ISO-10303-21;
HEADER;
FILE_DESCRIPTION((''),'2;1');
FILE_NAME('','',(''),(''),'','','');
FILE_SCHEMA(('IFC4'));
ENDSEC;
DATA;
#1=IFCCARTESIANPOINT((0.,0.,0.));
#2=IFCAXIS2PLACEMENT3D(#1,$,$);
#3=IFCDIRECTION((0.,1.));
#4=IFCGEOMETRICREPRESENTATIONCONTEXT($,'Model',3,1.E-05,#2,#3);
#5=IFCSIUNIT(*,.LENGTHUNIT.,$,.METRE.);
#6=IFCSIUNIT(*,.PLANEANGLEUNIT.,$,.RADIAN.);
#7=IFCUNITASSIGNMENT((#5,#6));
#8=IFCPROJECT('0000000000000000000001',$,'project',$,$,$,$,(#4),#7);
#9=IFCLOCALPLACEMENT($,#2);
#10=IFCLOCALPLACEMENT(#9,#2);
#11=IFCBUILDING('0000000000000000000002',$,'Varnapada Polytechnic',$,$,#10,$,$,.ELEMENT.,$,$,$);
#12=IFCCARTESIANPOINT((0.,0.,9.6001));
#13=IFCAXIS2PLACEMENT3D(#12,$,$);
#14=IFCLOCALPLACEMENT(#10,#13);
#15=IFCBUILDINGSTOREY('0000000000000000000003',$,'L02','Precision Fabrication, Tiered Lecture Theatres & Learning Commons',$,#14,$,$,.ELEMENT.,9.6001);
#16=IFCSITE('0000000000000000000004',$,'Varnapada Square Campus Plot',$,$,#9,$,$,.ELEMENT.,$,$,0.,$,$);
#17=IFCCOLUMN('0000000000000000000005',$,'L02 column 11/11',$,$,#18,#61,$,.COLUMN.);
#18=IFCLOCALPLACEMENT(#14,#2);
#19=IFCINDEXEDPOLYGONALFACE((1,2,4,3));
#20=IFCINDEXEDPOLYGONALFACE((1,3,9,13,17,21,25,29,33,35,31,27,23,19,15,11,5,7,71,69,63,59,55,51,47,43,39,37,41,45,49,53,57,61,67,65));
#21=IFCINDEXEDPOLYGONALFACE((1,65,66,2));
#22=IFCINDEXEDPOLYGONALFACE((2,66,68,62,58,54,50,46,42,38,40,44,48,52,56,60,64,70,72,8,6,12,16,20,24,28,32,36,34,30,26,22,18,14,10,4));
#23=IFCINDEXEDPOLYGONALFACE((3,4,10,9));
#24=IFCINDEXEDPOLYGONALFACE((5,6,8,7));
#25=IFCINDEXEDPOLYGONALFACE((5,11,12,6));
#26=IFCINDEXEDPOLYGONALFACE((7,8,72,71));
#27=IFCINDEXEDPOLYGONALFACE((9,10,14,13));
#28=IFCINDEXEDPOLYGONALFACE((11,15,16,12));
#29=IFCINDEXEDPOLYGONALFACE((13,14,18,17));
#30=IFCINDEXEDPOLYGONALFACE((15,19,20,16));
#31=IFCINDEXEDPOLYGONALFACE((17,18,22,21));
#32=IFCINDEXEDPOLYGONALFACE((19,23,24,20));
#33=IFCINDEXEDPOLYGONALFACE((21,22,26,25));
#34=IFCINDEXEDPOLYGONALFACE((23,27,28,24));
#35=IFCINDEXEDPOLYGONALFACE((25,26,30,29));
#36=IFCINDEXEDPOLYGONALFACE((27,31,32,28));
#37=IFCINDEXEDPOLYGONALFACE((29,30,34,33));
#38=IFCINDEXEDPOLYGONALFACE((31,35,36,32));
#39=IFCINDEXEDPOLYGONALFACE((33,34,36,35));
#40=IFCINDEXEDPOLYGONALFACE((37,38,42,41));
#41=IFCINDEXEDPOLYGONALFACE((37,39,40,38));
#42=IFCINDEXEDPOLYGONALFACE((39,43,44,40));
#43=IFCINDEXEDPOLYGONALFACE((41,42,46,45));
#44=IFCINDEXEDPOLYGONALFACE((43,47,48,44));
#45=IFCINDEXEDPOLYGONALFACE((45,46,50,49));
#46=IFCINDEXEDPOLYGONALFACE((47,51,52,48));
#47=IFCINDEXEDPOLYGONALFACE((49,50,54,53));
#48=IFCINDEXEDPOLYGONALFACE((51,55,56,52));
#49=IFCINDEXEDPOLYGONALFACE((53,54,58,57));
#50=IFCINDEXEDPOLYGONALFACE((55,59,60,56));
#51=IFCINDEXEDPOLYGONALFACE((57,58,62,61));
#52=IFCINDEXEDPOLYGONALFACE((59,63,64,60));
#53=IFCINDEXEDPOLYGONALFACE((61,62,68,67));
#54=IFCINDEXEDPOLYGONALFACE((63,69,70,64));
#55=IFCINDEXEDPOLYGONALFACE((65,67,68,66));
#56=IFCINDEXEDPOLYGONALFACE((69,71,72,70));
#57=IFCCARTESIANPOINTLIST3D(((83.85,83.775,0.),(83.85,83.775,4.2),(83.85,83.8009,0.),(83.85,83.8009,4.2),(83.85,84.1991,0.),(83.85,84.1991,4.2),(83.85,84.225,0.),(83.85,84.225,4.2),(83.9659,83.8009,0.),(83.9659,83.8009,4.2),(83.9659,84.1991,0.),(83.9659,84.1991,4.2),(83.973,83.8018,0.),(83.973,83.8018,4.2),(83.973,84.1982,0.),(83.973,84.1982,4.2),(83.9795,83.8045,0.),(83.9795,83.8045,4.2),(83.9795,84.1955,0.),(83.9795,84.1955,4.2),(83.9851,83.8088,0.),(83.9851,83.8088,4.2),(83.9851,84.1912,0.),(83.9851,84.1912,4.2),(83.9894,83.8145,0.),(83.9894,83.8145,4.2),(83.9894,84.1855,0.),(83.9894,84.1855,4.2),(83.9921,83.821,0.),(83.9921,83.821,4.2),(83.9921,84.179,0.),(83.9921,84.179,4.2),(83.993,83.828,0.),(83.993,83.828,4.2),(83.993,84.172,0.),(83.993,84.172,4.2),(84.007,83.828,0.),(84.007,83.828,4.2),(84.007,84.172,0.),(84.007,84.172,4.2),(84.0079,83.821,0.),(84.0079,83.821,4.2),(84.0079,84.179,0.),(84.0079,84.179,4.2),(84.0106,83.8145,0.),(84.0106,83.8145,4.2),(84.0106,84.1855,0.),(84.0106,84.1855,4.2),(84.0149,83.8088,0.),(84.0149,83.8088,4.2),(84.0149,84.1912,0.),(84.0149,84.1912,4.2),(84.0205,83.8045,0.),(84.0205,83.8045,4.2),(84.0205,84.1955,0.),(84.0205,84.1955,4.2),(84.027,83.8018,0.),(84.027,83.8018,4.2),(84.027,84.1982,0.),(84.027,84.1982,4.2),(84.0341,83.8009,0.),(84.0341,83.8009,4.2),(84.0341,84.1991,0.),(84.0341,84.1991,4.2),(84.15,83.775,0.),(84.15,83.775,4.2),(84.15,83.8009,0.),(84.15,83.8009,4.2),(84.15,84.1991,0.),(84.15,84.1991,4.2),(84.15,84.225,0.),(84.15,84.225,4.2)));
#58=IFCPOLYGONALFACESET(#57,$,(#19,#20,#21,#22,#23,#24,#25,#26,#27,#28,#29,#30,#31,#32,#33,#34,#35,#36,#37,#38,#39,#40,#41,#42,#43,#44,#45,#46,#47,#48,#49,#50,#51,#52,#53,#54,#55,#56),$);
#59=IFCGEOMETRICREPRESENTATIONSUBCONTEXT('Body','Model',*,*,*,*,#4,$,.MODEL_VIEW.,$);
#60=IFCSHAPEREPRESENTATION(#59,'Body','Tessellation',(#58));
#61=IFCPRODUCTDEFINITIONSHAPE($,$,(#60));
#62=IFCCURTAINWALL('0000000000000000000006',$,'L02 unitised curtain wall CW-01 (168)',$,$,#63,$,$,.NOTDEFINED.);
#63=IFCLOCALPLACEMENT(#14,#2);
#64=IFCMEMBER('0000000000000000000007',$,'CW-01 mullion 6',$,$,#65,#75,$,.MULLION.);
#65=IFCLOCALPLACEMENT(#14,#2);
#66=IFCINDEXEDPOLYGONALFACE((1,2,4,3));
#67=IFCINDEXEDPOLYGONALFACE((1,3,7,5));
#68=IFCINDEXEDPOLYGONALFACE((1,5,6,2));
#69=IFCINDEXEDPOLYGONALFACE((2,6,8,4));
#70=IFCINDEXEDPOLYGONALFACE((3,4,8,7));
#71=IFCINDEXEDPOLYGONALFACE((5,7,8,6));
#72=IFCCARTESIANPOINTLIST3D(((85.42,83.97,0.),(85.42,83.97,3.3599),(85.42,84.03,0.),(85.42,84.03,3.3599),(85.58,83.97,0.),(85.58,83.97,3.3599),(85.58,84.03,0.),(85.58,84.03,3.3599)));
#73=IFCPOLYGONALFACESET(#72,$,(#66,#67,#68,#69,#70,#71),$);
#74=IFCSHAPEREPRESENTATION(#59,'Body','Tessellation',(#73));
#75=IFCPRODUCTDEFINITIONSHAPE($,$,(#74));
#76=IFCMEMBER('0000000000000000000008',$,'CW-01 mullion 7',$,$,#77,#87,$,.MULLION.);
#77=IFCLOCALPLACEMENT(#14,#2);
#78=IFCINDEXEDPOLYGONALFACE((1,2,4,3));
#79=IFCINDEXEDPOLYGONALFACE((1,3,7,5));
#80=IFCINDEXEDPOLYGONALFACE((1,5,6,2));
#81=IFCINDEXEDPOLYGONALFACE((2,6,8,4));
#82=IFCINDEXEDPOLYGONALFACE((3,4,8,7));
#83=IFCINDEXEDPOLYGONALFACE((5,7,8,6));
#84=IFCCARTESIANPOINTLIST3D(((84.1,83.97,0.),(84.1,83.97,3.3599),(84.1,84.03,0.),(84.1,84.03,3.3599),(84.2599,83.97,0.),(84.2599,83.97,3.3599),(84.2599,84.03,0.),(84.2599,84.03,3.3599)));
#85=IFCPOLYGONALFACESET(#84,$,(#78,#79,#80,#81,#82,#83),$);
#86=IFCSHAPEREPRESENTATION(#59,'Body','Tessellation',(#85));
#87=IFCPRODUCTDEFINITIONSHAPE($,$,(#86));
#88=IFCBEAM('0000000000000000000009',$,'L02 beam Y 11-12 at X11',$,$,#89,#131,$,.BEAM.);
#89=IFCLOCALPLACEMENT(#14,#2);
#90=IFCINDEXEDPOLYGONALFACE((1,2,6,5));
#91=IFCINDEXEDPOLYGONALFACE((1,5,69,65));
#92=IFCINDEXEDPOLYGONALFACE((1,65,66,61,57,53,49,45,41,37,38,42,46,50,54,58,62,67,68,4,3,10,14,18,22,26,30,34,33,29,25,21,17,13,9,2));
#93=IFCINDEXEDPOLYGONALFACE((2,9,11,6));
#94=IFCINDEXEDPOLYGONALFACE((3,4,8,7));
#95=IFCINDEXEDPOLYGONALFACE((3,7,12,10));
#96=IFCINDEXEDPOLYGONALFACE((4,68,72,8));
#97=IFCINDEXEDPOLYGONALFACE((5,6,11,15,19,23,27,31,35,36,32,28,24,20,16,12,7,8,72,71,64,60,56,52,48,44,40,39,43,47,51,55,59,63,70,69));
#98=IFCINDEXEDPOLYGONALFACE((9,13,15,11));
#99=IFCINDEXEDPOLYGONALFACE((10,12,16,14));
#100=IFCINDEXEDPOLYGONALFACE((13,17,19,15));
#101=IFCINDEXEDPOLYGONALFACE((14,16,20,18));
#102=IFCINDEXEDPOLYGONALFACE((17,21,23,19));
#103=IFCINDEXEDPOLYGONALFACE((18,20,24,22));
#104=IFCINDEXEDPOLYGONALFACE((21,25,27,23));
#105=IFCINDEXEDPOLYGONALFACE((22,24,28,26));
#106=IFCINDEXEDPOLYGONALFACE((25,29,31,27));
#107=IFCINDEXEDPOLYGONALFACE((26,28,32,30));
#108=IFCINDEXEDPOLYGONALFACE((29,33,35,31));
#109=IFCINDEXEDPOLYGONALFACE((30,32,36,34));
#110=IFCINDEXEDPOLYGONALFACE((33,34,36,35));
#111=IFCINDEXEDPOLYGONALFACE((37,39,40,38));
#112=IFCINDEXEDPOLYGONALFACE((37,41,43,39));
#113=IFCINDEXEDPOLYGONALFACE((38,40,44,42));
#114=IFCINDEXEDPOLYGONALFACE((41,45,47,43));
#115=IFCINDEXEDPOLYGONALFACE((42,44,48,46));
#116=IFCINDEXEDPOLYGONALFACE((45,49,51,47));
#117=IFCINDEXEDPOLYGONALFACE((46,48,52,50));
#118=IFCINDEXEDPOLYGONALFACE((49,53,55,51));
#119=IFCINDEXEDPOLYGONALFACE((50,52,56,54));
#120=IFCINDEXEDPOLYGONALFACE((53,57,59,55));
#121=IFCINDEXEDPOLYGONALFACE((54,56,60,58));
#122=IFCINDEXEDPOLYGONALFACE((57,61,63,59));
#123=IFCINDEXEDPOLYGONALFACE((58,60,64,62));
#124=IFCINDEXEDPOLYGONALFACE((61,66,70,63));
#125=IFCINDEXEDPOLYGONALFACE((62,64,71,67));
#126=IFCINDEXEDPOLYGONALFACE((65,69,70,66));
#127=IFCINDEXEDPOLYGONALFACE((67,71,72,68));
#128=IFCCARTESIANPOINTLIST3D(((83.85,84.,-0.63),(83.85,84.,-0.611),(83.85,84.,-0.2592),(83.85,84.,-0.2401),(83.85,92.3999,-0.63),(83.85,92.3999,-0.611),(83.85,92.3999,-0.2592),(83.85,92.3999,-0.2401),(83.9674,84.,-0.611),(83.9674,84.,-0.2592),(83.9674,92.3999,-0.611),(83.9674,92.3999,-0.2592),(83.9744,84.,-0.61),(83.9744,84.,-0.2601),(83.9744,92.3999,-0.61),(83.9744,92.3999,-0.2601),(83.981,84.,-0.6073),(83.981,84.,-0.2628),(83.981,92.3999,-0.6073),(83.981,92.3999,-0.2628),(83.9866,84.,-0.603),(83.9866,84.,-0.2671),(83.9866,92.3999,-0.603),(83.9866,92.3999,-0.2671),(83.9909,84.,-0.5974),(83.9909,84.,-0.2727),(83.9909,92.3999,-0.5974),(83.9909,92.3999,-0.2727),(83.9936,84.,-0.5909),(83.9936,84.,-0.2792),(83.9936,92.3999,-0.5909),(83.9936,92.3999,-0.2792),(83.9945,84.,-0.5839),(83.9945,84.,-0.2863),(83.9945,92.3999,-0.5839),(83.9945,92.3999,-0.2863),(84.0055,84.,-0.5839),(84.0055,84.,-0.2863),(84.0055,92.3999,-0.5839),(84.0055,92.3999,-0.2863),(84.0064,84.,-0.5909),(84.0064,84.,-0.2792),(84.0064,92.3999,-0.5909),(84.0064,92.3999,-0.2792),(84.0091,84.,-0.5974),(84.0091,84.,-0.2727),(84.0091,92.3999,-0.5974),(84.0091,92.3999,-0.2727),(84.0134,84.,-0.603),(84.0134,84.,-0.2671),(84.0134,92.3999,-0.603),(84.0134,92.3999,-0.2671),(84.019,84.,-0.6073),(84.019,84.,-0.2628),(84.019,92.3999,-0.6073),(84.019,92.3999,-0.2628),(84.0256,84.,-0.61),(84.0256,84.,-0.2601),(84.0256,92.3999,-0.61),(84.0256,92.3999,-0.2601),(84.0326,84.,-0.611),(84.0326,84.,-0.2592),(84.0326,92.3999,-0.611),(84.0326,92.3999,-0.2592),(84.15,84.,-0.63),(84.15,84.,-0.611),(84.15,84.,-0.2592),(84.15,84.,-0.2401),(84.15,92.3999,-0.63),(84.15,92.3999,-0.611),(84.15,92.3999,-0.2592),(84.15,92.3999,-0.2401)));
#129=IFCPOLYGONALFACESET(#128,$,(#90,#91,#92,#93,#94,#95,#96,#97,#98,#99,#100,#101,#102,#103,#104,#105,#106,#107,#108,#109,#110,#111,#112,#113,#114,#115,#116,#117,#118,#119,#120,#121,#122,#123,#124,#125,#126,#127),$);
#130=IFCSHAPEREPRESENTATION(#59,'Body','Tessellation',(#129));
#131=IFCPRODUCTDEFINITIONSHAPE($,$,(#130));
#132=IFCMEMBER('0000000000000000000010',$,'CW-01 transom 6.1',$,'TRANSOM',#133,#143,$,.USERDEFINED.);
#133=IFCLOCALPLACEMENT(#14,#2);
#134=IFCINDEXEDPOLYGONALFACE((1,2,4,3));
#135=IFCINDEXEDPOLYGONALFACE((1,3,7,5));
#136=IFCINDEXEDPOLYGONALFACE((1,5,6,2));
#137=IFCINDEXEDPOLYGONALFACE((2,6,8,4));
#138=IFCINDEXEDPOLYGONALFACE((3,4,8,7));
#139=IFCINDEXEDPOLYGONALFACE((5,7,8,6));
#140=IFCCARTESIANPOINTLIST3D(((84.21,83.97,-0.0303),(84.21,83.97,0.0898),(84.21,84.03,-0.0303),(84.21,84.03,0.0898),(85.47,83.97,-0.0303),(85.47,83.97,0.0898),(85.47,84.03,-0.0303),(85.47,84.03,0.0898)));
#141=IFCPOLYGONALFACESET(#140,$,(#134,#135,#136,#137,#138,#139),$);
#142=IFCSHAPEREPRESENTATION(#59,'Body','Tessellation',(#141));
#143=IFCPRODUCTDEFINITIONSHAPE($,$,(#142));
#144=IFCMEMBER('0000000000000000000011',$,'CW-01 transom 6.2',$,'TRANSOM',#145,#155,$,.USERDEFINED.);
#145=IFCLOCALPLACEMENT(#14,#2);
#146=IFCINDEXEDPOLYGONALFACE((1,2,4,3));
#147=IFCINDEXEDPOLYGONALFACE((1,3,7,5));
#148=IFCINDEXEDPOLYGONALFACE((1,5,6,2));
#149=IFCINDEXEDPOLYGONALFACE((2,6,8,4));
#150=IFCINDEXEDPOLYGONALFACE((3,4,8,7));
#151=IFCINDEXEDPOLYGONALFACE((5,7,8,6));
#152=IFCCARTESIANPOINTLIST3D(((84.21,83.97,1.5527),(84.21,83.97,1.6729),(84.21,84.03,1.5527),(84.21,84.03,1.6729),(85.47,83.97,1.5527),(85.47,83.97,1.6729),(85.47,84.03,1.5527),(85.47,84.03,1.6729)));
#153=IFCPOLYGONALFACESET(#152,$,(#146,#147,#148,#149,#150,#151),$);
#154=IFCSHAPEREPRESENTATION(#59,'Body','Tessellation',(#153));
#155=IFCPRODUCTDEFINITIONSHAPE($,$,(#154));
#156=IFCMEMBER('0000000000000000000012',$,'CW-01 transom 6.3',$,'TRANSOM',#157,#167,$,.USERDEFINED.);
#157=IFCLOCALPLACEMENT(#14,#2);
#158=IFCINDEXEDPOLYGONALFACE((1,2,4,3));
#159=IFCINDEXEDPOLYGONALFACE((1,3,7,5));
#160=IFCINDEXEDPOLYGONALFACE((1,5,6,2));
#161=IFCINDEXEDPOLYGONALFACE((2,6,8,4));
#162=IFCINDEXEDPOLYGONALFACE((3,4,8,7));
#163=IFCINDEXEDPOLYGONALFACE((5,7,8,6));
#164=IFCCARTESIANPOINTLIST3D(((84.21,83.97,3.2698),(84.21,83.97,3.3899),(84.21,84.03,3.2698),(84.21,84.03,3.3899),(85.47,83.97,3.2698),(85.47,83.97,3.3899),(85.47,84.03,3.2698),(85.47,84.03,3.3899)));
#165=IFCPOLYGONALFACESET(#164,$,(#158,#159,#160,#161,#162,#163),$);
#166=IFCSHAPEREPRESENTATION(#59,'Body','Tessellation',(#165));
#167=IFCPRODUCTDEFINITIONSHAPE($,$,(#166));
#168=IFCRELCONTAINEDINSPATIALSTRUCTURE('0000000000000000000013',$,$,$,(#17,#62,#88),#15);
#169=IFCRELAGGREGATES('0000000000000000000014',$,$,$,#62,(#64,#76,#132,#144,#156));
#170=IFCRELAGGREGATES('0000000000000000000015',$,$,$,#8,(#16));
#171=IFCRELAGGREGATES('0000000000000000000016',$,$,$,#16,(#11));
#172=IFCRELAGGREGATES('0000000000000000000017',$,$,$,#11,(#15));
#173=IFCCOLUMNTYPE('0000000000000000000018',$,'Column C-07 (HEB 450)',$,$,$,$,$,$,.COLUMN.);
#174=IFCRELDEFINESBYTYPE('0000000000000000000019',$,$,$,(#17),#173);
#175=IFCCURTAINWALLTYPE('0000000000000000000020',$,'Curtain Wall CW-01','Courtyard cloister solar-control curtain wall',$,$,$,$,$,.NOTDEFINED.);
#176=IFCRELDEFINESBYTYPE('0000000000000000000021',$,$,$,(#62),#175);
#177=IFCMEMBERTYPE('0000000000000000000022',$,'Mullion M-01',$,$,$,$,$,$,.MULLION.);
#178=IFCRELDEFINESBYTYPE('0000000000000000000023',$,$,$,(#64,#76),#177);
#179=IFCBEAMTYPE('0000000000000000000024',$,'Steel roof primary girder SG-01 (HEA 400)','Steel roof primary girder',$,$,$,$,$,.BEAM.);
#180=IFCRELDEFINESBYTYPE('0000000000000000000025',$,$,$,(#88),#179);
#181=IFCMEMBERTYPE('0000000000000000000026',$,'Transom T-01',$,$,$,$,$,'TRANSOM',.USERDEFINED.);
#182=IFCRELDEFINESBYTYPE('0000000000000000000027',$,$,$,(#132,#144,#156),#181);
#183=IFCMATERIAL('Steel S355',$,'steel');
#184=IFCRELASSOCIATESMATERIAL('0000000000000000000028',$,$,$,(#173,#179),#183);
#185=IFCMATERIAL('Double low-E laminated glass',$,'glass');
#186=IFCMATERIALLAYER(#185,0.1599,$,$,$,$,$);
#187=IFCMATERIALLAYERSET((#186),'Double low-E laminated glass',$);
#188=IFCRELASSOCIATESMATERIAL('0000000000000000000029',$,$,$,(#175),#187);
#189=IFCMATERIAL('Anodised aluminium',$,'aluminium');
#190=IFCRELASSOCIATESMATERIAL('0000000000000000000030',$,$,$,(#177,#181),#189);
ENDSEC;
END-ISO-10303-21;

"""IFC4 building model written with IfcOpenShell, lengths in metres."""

from ifc_helpers import new_model, si_unit, direction, frame, origin, origin_2d, place, context, subcontext, project, spatial, rectangle, i_section, extrude, material, layer, layer_set, material_profile, profile_set, type_object, element, aggregate, save


model = new_model("IFC4")

# Units and contexts
model_context = context("Model", 3, precision=1e-05, world=origin(), true_north=direction((0.0, 1.0)))
body_context = subcontext(model_context, "Body", "Model", "MODEL_VIEW")
ifc_project = project(units=[si_unit("LENGTHUNIT", "METRE"), si_unit("PLANEANGLEUNIT", "RADIAN")], contexts=[model_context])

# Site, building, storey
site_placement = place(None, origin())
site = spatial("IfcSite", under=ifc_project, at=site_placement, Name="Varnapada Square Campus Plot", CompositionType="ELEMENT", RefElevation=0.0)
building_placement = place(site_placement, origin())
building = spatial("IfcBuilding", under=site, at=building_placement, Name="Varnapada Polytechnic", CompositionType="ELEMENT")
storey_placement = place(building_placement, frame((0.0, 0.0, 9.6001)))
storey = spatial("IfcBuildingStorey", under=building, at=storey_placement, Name="L02", Description="Precision Fabrication, Tiered Lecture Theatres & Learning Commons", CompositionType="ELEMENT", Elevation=9.6001)

# Column
ifc_material_1 = material(Name="Steel S355", Category="steel")
ifc_material_profile_1 = material_profile(ifc_material_1, i_section(OverallWidth=0.3, OverallDepth=0.45, WebThickness=0.0139, FlangeThickness=0.0259, FilletRadius=0.0271, at=origin_2d()), Name="HEB 450")
ifc_profile_set_1 = profile_set([ifc_material_profile_1], Name="Steel S355")
column_type = type_object("IfcColumnType", Name="Column C-07 (HEB 450)", PredefinedType="COLUMN", material=ifc_profile_set_1)
column_placement = place(storey_placement, frame((84.0, 84.0, 0.0), z_axis=(0.0, 0.0, 1.0), x_axis=(1.0, 0.0, 0.0)))
element("IfcColumn", 1, at=column_placement, inside=storey, type_object=column_type, Name="L02 column 11/11", PredefinedType="COLUMN", context=body_context, shape_type="SweptSolid", body=[
    extrude(i_section(OverallWidth=0.3, OverallDepth=0.45, WebThickness=0.0139, FlangeThickness=0.0259, FilletRadius=0.0271, at=origin_2d()), origin(), (0.0, 0.0, 1.0), 4.2),
])

# Curtain wall, members
ifc_material_2 = material(Name="Double low-E laminated glass", Category="glass")
ifc_layer_1 = layer(ifc_material_2, 0.1599)
ifc_layer_set_1 = layer_set([ifc_layer_1], Name="Double low-E laminated glass")
curtain_wall_type = type_object("IfcCurtainWallType", Name="Curtain Wall CW-01", Description="Courtyard cloister solar-control curtain wall", PredefinedType="NOTDEFINED", material=ifc_layer_set_1)
curtain_wall_placement = place(storey_placement, origin())
curtain_wall = element("IfcCurtainWall", 2, at=curtain_wall_placement, inside=storey, type_object=curtain_wall_type, Name="L02 unitised curtain wall CW-01 (168)", PredefinedType="NOTDEFINED")
ifc_material_3 = material(Name="Anodised aluminium", Category="aluminium")
ifc_material_profile_2 = material_profile(ifc_material_3, rectangle(XDim=0.0601, YDim=0.1599, at=origin_2d()), Name="ALU M60x160")
ifc_profile_set_2 = profile_set([ifc_material_profile_2], Name="Anodised aluminium")
member_type_1 = type_object("IfcMemberType", Name="Mullion M-01", PredefinedType="MULLION", material=ifc_profile_set_2)
member_1_placement = place(storey_placement, frame((85.5, 84.0, 0.0), z_axis=(0.0, 0.0, 1.0), x_axis=(0.0, -1.0, 0.0)))
member_1 = element("IfcMember", 3, at=member_1_placement, type_object=member_type_1, Name="CW-01 mullion 6", PredefinedType="MULLION", context=body_context, shape_type="SweptSolid", body=[
    extrude(rectangle(XDim=0.0601, YDim=0.1599, at=origin_2d()), origin(), (0.0, 0.0, 1.0), 3.3599),
])
member_2_placement = place(storey_placement, frame((84.1799, 84.0, 0.0), z_axis=(0.0, 0.0, 1.0), x_axis=(0.0, -1.0, 0.0)))
member_2 = element("IfcMember", 4, at=member_2_placement, type_object=member_type_1, Name="CW-01 mullion 7", PredefinedType="MULLION", context=body_context, shape_type="SweptSolid", body=[
    extrude(rectangle(XDim=0.0601, YDim=0.1599, at=origin_2d()), origin(), (0.0, 0.0, 1.0), 3.3599),
])

# Beam
ifc_material_profile_3 = material_profile(ifc_material_1, i_section(OverallWidth=0.3, OverallDepth=0.3899, WebThickness=0.011, FlangeThickness=0.019, FilletRadius=0.0271, at=origin_2d()), Name="HEA 400")
ifc_profile_set_3 = profile_set([ifc_material_profile_3], Name="Steel S355")
beam_type_1 = type_object("IfcBeamType", Name="Steel roof primary girder SG-01 (HEA 400)", Description="Steel roof primary girder", PredefinedType="BEAM", material=ifc_profile_set_3)
beam_1_placement = place(storey_placement, frame((84.0, 84.0, -0.4351), z_axis=(0.0, 1.0, 0.0), x_axis=(-1.0, 0.0, 0.0)))
element("IfcBeam", 5, at=beam_1_placement, inside=storey, type_object=beam_type_1, Name="L02 beam Y 11-12 at X11", PredefinedType="BEAM", context=body_context, shape_type="SweptSolid", body=[
    extrude(i_section(OverallWidth=0.3, OverallDepth=0.3899, WebThickness=0.011, FlangeThickness=0.019, FilletRadius=0.0271, at=origin_2d()), origin(), (0.0, 0.0, 1.0), 8.3999),
])

# Members
ifc_material_profile_4 = material_profile(ifc_material_3, rectangle(XDim=0.0601, YDim=0.1201, at=origin_2d()), Name="ALU T60x120")
ifc_profile_set_4 = profile_set([ifc_material_profile_4], Name="Anodised aluminium")
member_type_2 = type_object("IfcMemberType", Name="Transom T-01", ElementType="TRANSOM", PredefinedType="USERDEFINED", material=ifc_profile_set_4)
member_3_placement = place(storey_placement, frame((85.47, 84.0, 0.0298), z_axis=(-1.0, 0.0, 0.0), x_axis=(0.0, -1.0, 0.0)))
member_3 = element("IfcMember", 6, at=member_3_placement, type_object=member_type_2, Name="CW-01 transom 6.1", ObjectType="TRANSOM", PredefinedType="USERDEFINED", context=body_context, shape_type="SweptSolid", body=[
    extrude(rectangle(XDim=0.0601, YDim=0.1201, at=origin_2d()), origin(), (0.0, 0.0, 1.0), 1.26),
])
member_4_placement = place(storey_placement, frame((85.47, 84.0, 1.6128), z_axis=(-1.0, 0.0, 0.0), x_axis=(0.0, -1.0, 0.0)))
member_4 = element("IfcMember", 7, at=member_4_placement, type_object=member_type_2, Name="CW-01 transom 6.2", ObjectType="TRANSOM", PredefinedType="USERDEFINED", context=body_context, shape_type="SweptSolid", body=[
    extrude(rectangle(XDim=0.0601, YDim=0.1201, at=origin_2d()), origin(), (0.0, 0.0, 1.0), 1.26),
])
member_5_placement = place(storey_placement, frame((85.47, 84.0, 3.3298), z_axis=(-1.0, 0.0, 0.0), x_axis=(0.0, -1.0, 0.0)))
member_5 = element("IfcMember", 8, at=member_5_placement, type_object=member_type_2, Name="CW-01 transom 6.3", ObjectType="TRANSOM", PredefinedType="USERDEFINED", context=body_context, shape_type="SweptSolid", body=[
    extrude(rectangle(XDim=0.0601, YDim=0.1201, at=origin_2d()), origin(), (0.0, 0.0, 1.0), 1.26),
])

aggregate(curtain_wall, [member_1, member_2, member_3, member_4, member_5])

save(model, "model.ifc")
